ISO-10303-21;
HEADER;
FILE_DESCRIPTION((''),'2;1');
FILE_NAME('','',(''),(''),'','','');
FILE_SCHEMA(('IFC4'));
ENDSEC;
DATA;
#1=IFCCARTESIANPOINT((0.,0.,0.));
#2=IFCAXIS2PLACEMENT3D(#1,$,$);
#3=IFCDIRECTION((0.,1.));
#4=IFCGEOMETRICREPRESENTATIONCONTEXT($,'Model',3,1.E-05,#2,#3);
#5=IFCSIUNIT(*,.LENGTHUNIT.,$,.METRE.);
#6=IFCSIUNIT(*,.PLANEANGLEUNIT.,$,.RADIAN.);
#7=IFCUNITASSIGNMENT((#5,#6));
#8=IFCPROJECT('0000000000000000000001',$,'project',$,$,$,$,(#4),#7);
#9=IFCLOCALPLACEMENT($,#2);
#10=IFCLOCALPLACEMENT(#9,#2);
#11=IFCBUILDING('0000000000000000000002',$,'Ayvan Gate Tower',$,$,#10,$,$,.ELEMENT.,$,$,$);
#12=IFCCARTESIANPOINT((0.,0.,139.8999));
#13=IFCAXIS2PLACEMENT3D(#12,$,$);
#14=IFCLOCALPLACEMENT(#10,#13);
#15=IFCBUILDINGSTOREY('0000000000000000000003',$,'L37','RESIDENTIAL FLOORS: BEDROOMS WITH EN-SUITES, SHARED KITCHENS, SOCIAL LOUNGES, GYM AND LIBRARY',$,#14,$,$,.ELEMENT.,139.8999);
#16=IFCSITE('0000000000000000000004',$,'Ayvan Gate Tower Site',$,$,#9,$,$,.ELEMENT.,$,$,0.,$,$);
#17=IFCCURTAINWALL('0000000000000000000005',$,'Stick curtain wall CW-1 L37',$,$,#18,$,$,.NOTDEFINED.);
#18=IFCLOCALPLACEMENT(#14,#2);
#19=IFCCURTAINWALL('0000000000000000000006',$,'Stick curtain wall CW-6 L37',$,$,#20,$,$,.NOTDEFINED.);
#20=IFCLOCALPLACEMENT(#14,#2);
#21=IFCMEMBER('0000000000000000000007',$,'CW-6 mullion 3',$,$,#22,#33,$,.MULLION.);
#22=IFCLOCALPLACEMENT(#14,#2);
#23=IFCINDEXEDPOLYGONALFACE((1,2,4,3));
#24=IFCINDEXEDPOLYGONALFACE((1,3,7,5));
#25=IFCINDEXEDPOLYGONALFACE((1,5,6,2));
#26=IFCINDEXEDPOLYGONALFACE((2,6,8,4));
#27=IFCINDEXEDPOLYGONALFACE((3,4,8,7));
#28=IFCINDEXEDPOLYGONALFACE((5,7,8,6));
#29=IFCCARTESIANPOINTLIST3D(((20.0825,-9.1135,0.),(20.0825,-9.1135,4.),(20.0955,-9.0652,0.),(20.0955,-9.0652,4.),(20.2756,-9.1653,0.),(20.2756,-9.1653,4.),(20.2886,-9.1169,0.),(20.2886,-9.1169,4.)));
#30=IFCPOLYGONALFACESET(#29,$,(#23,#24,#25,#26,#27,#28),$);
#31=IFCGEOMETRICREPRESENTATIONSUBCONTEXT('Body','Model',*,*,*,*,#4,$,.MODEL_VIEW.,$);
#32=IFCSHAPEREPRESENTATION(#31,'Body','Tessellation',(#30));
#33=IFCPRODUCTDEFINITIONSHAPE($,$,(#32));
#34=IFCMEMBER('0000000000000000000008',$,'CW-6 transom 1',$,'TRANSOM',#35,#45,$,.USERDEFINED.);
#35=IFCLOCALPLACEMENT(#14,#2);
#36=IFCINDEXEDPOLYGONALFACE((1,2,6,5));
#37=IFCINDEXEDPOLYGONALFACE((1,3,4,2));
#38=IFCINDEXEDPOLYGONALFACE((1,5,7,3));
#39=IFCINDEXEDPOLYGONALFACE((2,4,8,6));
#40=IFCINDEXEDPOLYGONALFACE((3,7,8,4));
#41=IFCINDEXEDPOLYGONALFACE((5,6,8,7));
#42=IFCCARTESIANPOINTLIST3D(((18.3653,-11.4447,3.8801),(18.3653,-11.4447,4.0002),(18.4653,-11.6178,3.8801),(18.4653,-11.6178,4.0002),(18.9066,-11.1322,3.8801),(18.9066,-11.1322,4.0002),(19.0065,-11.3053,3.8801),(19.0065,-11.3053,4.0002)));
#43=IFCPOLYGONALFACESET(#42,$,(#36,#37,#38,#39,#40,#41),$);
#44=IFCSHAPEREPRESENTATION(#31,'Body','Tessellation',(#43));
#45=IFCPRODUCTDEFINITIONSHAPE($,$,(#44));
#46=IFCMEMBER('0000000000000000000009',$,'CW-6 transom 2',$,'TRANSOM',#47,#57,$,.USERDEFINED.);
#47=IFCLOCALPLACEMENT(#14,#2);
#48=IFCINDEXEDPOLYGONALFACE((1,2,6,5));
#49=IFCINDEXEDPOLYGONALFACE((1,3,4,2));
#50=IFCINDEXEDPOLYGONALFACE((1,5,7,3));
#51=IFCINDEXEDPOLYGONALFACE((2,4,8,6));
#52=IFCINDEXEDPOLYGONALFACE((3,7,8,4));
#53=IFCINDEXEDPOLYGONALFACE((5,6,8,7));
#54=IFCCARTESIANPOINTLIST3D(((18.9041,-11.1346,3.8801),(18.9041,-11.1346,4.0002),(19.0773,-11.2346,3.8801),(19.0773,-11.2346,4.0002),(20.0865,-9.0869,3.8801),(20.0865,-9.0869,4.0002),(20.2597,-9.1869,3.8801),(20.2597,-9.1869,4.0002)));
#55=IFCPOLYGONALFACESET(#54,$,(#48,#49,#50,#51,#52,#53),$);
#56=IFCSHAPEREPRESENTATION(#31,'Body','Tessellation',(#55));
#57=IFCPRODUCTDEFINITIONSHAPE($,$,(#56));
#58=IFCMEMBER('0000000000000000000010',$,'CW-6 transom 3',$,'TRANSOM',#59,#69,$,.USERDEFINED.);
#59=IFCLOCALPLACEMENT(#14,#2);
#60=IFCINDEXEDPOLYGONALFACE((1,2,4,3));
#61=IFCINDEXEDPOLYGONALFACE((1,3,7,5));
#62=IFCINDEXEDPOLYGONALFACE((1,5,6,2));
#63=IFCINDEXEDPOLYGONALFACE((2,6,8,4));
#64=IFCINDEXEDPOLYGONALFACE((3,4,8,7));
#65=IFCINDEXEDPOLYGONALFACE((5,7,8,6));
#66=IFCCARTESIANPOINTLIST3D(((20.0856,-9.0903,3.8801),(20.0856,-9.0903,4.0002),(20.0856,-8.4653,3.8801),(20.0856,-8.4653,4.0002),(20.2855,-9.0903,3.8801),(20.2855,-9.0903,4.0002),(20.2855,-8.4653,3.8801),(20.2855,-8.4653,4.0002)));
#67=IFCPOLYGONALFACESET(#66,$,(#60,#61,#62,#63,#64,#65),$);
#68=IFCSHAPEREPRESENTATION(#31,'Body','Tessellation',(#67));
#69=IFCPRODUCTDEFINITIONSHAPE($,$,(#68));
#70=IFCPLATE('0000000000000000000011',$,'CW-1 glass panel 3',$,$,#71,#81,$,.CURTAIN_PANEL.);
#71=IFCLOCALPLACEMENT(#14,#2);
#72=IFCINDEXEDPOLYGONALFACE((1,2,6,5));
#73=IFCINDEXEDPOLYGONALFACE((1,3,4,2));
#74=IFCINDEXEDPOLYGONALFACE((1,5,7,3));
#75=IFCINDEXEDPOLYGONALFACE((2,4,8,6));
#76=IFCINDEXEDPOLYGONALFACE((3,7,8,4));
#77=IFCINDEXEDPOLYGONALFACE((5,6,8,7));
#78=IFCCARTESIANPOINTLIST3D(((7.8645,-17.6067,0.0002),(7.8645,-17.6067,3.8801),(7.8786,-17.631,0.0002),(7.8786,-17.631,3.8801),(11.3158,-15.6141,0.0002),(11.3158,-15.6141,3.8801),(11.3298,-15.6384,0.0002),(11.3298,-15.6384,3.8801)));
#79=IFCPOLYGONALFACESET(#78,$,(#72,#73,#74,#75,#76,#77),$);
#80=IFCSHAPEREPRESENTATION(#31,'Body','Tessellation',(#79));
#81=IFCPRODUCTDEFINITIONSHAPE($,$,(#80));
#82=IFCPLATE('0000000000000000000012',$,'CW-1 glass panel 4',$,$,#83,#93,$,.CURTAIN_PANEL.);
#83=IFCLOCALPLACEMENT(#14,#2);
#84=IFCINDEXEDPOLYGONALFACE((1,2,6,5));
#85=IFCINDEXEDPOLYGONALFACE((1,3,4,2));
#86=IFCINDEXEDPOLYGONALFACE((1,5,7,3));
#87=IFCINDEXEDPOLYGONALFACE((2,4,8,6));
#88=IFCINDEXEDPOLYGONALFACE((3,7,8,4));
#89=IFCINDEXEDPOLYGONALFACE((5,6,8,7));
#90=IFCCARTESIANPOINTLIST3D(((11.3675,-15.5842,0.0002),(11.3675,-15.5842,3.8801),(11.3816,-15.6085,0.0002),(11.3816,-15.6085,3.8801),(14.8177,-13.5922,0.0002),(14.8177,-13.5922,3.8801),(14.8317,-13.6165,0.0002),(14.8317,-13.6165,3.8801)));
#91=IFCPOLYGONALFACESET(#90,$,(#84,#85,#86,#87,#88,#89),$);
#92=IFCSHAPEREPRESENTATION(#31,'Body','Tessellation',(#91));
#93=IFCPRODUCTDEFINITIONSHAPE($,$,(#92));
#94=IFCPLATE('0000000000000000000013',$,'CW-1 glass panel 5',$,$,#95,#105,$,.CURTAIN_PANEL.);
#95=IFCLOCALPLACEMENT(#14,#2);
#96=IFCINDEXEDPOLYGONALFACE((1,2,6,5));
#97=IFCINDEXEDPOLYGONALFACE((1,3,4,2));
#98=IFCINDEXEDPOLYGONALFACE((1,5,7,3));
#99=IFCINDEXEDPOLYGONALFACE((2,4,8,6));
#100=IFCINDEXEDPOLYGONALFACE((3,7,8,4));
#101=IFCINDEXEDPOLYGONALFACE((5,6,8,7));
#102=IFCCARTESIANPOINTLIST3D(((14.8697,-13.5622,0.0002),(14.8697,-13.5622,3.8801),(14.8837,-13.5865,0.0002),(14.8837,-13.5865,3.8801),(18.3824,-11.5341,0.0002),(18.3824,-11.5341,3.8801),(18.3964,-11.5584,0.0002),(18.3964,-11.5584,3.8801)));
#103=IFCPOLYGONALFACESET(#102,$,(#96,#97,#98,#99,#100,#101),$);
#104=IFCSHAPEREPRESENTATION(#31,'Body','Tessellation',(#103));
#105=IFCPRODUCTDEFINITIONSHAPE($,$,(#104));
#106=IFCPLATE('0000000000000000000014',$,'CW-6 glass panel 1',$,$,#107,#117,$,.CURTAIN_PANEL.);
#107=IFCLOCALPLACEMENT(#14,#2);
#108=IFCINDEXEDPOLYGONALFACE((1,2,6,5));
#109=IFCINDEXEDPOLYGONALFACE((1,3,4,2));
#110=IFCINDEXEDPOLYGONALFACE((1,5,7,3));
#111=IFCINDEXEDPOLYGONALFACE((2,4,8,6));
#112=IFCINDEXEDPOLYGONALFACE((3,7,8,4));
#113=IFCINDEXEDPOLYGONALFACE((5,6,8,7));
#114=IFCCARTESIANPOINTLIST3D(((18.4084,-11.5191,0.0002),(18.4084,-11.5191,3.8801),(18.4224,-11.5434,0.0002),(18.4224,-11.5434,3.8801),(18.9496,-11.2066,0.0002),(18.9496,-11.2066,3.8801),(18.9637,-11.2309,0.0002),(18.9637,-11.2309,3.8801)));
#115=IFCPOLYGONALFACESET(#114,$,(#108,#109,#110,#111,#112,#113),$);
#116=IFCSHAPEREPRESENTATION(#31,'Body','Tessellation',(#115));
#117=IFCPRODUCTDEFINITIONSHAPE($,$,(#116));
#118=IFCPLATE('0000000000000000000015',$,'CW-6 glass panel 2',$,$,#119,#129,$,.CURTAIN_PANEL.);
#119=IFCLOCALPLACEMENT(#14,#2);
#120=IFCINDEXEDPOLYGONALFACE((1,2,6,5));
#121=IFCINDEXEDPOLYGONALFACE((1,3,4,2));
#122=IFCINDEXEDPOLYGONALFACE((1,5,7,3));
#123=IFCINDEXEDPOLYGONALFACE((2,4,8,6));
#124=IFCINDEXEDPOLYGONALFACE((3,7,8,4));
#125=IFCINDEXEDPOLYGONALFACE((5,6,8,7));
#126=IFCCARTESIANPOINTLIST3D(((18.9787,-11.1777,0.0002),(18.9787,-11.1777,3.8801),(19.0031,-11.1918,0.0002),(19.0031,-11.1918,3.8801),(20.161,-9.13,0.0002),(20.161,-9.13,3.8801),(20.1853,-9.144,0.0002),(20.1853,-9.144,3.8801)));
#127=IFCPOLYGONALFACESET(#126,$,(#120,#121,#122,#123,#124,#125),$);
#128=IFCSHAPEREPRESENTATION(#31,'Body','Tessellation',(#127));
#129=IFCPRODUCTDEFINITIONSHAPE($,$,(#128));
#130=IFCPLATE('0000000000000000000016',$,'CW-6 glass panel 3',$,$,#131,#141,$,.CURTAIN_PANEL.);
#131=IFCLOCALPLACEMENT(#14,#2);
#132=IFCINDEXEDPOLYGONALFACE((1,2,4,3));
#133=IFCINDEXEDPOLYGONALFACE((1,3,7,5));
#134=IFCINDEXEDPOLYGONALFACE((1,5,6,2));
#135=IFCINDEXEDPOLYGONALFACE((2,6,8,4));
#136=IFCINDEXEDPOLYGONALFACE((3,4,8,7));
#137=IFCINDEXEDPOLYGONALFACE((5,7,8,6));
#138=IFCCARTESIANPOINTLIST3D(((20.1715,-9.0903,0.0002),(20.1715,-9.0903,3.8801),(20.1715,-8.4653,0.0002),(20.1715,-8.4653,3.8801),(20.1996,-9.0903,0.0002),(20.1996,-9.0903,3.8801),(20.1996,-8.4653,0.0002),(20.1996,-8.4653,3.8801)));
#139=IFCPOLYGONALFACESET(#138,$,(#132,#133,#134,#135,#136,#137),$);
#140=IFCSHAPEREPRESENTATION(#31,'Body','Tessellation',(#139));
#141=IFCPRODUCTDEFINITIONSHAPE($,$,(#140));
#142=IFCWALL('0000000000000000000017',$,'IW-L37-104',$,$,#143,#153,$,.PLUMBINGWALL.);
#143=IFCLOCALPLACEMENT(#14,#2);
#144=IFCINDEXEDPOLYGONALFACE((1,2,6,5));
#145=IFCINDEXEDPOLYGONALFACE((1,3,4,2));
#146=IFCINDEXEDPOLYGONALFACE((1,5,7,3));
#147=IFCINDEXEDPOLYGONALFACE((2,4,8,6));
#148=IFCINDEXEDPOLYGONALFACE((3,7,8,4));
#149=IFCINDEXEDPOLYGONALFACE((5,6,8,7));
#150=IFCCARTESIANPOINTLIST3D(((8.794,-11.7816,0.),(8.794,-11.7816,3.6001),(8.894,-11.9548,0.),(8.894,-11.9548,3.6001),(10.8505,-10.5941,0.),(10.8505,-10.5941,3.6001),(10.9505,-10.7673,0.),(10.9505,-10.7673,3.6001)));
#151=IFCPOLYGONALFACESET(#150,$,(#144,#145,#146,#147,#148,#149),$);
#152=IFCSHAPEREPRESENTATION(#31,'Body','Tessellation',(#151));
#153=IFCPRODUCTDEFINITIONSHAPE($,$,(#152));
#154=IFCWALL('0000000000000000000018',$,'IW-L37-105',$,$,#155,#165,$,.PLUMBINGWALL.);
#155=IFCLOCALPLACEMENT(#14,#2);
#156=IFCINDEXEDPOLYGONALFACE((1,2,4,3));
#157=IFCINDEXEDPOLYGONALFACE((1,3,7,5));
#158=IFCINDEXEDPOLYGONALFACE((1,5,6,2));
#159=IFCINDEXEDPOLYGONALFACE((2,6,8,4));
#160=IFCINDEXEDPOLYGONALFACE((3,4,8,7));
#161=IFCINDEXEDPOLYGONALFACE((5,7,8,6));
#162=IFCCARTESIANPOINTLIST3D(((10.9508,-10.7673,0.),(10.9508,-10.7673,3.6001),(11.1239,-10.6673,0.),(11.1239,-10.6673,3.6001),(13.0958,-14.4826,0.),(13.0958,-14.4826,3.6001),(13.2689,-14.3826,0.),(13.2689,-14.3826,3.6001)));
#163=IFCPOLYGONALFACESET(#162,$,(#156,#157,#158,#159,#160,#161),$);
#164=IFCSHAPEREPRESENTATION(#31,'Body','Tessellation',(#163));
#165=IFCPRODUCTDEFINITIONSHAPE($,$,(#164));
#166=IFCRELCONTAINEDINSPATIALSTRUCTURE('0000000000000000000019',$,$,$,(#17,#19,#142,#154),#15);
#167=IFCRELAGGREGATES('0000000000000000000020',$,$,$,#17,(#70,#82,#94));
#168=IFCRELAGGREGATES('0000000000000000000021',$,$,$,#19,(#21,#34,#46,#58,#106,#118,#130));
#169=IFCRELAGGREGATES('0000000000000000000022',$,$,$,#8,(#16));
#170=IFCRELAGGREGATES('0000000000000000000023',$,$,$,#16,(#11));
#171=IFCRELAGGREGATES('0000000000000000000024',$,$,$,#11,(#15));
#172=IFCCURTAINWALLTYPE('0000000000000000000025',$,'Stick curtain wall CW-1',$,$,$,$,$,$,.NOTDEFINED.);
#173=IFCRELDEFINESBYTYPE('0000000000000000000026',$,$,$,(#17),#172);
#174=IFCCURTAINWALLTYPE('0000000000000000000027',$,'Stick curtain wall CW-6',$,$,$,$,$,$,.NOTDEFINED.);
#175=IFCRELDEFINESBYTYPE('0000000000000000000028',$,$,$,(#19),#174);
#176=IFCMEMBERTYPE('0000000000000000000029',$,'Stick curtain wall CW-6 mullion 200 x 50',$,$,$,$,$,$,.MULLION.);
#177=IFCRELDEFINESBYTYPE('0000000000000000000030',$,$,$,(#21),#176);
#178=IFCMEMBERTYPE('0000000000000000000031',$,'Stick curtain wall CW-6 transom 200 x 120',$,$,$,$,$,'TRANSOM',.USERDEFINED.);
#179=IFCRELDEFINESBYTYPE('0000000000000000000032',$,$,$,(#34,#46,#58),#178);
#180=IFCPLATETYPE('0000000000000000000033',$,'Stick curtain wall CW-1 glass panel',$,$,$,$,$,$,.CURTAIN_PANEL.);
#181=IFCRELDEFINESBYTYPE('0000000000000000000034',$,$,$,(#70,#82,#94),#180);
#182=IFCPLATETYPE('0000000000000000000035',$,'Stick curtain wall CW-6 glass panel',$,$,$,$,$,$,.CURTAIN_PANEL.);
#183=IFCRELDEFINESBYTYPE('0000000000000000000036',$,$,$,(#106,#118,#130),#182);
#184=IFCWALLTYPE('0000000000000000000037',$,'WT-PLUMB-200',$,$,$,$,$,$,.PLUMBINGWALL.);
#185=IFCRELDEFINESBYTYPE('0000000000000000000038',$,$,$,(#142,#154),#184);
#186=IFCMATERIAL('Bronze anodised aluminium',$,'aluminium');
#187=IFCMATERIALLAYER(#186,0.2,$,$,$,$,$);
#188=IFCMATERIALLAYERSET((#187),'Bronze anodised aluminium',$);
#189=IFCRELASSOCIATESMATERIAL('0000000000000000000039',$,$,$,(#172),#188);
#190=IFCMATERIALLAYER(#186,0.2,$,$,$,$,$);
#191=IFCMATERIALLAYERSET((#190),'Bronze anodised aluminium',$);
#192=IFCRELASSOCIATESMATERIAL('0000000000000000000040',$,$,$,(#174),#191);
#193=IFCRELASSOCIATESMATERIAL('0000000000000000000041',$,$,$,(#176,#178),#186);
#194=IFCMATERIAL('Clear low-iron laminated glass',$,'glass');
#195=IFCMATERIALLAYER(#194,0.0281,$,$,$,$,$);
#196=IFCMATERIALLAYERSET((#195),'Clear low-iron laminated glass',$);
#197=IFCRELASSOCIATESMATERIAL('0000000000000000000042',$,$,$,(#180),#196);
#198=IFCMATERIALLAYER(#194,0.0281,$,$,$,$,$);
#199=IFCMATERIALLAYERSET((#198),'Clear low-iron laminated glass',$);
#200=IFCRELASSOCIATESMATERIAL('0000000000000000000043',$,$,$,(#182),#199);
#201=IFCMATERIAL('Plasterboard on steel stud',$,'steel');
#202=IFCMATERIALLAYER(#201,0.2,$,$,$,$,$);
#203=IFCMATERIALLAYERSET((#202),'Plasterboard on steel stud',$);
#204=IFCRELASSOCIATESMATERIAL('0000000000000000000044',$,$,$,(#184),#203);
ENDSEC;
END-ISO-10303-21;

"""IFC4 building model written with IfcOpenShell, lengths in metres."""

from ifc_helpers import new_model, si_unit, direction, frame, frame_2d, origin, origin_2d, place, context, subcontext, project, spatial, rectangle, extrude, material, layer, layer_set, material_profile, profile_set, type_object, element, aggregate, save


model = new_model("IFC4")

# Units and contexts
model_context = context("Model", 3, precision=1e-05, world=origin(), true_north=direction((0.0, 1.0)))
body_context = subcontext(model_context, "Body", "Model", "MODEL_VIEW")
ifc_project = project(units=[si_unit("LENGTHUNIT", "METRE"), si_unit("PLANEANGLEUNIT", "RADIAN")], contexts=[model_context])

# Site, building, storey
site_placement = place(None, origin())
site = spatial("IfcSite", under=ifc_project, at=site_placement, Name="Ayvan Gate Tower Site", CompositionType="ELEMENT", RefElevation=0.0)
building_placement = place(site_placement, origin())
building = spatial("IfcBuilding", under=site, at=building_placement, Name="Ayvan Gate Tower", CompositionType="ELEMENT")
storey_placement = place(building_placement, frame((0.0, 0.0, 139.8999)))
storey = spatial("IfcBuildingStorey", under=building, at=storey_placement, Name="L37", Description="RESIDENTIAL FLOORS: BEDROOMS WITH EN-SUITES, SHARED KITCHENS, SOCIAL LOUNGES, GYM AND LIBRARY", CompositionType="ELEMENT", Elevation=139.8999)

# Curtain walls, members
ifc_material_1 = material(Name="Bronze anodised aluminium", Category="aluminium")
ifc_layer_1 = layer(ifc_material_1, 0.2)
ifc_layer_set_1 = layer_set([ifc_layer_1], Name="Bronze anodised aluminium")
curtain_wall_type_1 = type_object("IfcCurtainWallType", Name="Stick curtain wall CW-1", PredefinedType="NOTDEFINED", material=ifc_layer_set_1)
curtain_wall_1_placement = place(storey_placement, origin())
curtain_wall_1 = element("IfcCurtainWall", 1, at=curtain_wall_1_placement, inside=storey, type_object=curtain_wall_type_1, Name="Stick curtain wall CW-1 L37", PredefinedType="NOTDEFINED")
ifc_layer_2 = layer(ifc_material_1, 0.2)
ifc_layer_set_2 = layer_set([ifc_layer_2], Name="Bronze anodised aluminium")
curtain_wall_type_2 = type_object("IfcCurtainWallType", Name="Stick curtain wall CW-6", PredefinedType="NOTDEFINED", material=ifc_layer_set_2)
curtain_wall_2_placement = place(storey_placement, origin())
curtain_wall_2 = element("IfcCurtainWall", 2, at=curtain_wall_2_placement, inside=storey, type_object=curtain_wall_type_2, Name="Stick curtain wall CW-6 L37", PredefinedType="NOTDEFINED")
ifc_material_profile_1 = material_profile(ifc_material_1, rectangle(XDim=0.2, YDim=0.05, at=origin_2d()), Name="Stick curtain wall CW-6 mullion 200 x 50")
ifc_profile_set_1 = profile_set([ifc_material_profile_1], Name="Bronze anodised aluminium")
member_type_1 = type_object("IfcMemberType", Name="Stick curtain wall CW-6 mullion 200 x 50", PredefinedType="MULLION", material=ifc_profile_set_1)
member_1_placement = place(storey_placement, frame((20.1855, -9.1152, 0.0), z_axis=(0.0, 0.0, 1.0), x_axis=(0.965926, -0.258819, 0.0)))
member_1 = element("IfcMember", 3, at=member_1_placement, type_object=member_type_1, Name="CW-6 mullion 3", PredefinedType="MULLION", context=body_context, shape_type="SweptSolid", body=[
    extrude(rectangle(XDim=0.2, YDim=0.05, at=origin_2d()), origin(), (0.0, 0.0, 1.0), 4.0),
])
ifc_material_profile_2 = material_profile(ifc_material_1, rectangle(XDim=0.2, YDim=0.1201, at=origin_2d()), Name="Stick curtain wall CW-6 transom 200 x 120")
ifc_profile_set_2 = profile_set([ifc_material_profile_2], Name="Bronze anodised aluminium")
member_type_2 = type_object("IfcMemberType", Name="Stick curtain wall CW-6 transom 200 x 120", ElementType="TRANSOM", PredefinedType="USERDEFINED", material=ifc_profile_set_2)
member_2_placement = place(storey_placement, frame((18.4153, -11.5312, 3.9402), z_axis=(0.866023, 0.500004, 0.0), x_axis=(-0.500004, 0.866023, 0.0)))
member_2 = element("IfcMember", 4, at=member_2_placement, type_object=member_type_2, Name="CW-6 transom 1", ObjectType="TRANSOM", PredefinedType="USERDEFINED", context=body_context, shape_type="SweptSolid", body=[
    extrude(rectangle(XDim=0.2, YDim=0.1201, at=origin_2d()), origin(), (0.0, 0.0, 1.0), 0.625),
])
member_3_placement = place(storey_placement, frame((18.9907, -11.1846, 3.9402), z_axis=(0.500059, 0.865991, 0.0), x_axis=(-0.865991, 0.500059, 0.0)))
member_3 = element("IfcMember", 5, at=member_3_placement, type_object=member_type_2, Name="CW-6 transom 2", ObjectType="TRANSOM", PredefinedType="USERDEFINED", context=body_context, shape_type="SweptSolid", body=[
    extrude(rectangle(XDim=0.2, YDim=0.1201, at=origin_2d()), origin(), (0.0, 0.0, 1.0), 2.3645),
])
member_4_placement = place(storey_placement, frame((20.1855, -9.0903, 3.9402), z_axis=(0.0, 1.0, 0.0), x_axis=(-1.0, 0.0, 0.0)))
member_4 = element("IfcMember", 6, at=member_4_placement, type_object=member_type_2, Name="CW-6 transom 3", ObjectType="TRANSOM", PredefinedType="USERDEFINED", context=body_context, shape_type="SweptSolid", body=[
    extrude(rectangle(XDim=0.2, YDim=0.1201, at=origin_2d()), origin(), (0.0, 0.0, 1.0), 0.625),
])

# Plates
ifc_material_2 = material(Name="Clear low-iron laminated glass", Category="glass")
ifc_layer_3 = layer(ifc_material_2, 0.0281)
ifc_layer_set_3 = layer_set([ifc_layer_3], Name="Clear low-iron laminated glass")
plate_type_1 = type_object("IfcPlateType", Name="Stick curtain wall CW-1 glass panel", PredefinedType="CURTAIN_PANEL", material=ifc_layer_set_3)
plate_1_placement = place(storey_placement, frame((9.5972, -16.6226, 0.0002), z_axis=(0.0, 0.0, 1.0), x_axis=(0.866025, 0.5, 0.0)))
plate_1 = element("IfcPlate", 7, at=plate_1_placement, type_object=plate_type_1, Name="CW-1 glass panel 3", PredefinedType="CURTAIN_PANEL", context=body_context, shape_type="SweptSolid", body=[
    extrude(rectangle(XDim=3.9851, YDim=0.0281, at=origin_2d()), origin(), (0.0, 0.0, 1.0), 3.8799),
])
plate_2_placement = place(storey_placement, frame((13.0996, -14.6003, 0.0002), z_axis=(0.0, 0.0, 1.0), x_axis=(0.866025, 0.5, 0.0)))
plate_2 = element("IfcPlate", 8, at=plate_2_placement, type_object=plate_type_1, Name="CW-1 glass panel 4", PredefinedType="CURTAIN_PANEL", context=body_context, shape_type="SweptSolid", body=[
    extrude(rectangle(XDim=3.9839, YDim=0.0281, at=origin_2d()), origin(), (0.0, 0.0, 1.0), 3.8799),
])
plate_3_placement = place(storey_placement, frame((16.6331, -12.5603, 0.0002), z_axis=(0.0, 0.0, 1.0), x_axis=(0.866025, 0.5, 0.0)))
plate_3 = element("IfcPlate", 9, at=plate_3_placement, type_object=plate_type_1, Name="CW-1 glass panel 5", PredefinedType="CURTAIN_PANEL", context=body_context, shape_type="SweptSolid", body=[
    extrude(rectangle(XDim=4.0562, YDim=0.0281, at=origin_2d()), origin(), (0.0, 0.0, 1.0), 3.8799),
])
aggregate(curtain_wall_1, [plate_1, plate_2, plate_3])
ifc_layer_4 = layer(ifc_material_2, 0.0281)
ifc_layer_set_4 = layer_set([ifc_layer_4], Name="Clear low-iron laminated glass")
plate_type_2 = type_object("IfcPlateType", Name="Stick curtain wall CW-6 glass panel", PredefinedType="CURTAIN_PANEL", material=ifc_layer_set_4)
plate_4_placement = place(storey_placement, frame((18.686, -11.375, 0.0002), z_axis=(0.0, 0.0, 1.0), x_axis=(0.866025, 0.5, 0.0)))
plate_4 = element("IfcPlate", 10, at=plate_4_placement, type_object=plate_type_2, Name="CW-6 glass panel 1", PredefinedType="CURTAIN_PANEL", context=body_context, shape_type="SweptSolid", body=[
    extrude(rectangle(XDim=0.625, YDim=0.0281, at=origin_2d()), origin(), (0.0, 0.0, 1.0), 3.8799),
])
plate_5_placement = place(storey_placement, frame((19.582, -10.1609, 0.0002), z_axis=(0.0, 0.0, 1.0), x_axis=(0.5, 0.866025, 0.0)))
plate_5 = element("IfcPlate", 11, at=plate_5_placement, type_object=plate_type_2, Name="CW-6 glass panel 2", PredefinedType="CURTAIN_PANEL", context=body_context, shape_type="SweptSolid", body=[
    extrude(rectangle(XDim=2.3645, YDim=0.0281, at=origin_2d()), origin(), (0.0, 0.0, 1.0), 3.8799),
])
plate_6_placement = place(storey_placement, frame((20.1855, -8.7778, 0.0002), z_axis=(0.0, 0.0, 1.0), x_axis=(0.0, 1.0, 0.0)))
plate_6 = element("IfcPlate", 12, at=plate_6_placement, type_object=plate_type_2, Name="CW-6 glass panel 3", PredefinedType="CURTAIN_PANEL", context=body_context, shape_type="SweptSolid", body=[
    extrude(rectangle(XDim=0.625, YDim=0.0281, at=origin_2d()), origin(), (0.0, 0.0, 1.0), 3.8799),
])
aggregate(curtain_wall_2, [member_1, member_2, member_3, member_4, plate_4, plate_5, plate_6])

# Walls
ifc_material_3 = material(Name="Plasterboard on steel stud", Category="steel")
ifc_layer_5 = layer(ifc_material_3, 0.2)
ifc_layer_set_5 = layer_set([ifc_layer_5], Name="Plasterboard on steel stud")
wall_type = type_object("IfcWallType", Name="WT-PLUMB-200", PredefinedType="PLUMBINGWALL", material=ifc_layer_set_5)
wall_1_placement = place(storey_placement, frame((10.9006, -10.6807, 0.0), z_axis=(0.0, 0.0, 1.0), x_axis=(-0.866008, -0.500031, 0.0)))
element("IfcWall", 13, at=wall_1_placement, inside=storey, type_object=wall_type, Name="IW-L37-104", PredefinedType="PLUMBINGWALL", context=body_context, shape_type="SweptSolid", body=[
    extrude(rectangle(XDim=2.3748, YDim=0.2, at=frame_2d((1.1875, 0.0))), origin(), (0.0, 0.0, 1.0), 3.6001),
])
wall_2_placement = place(storey_placement, frame((11.0374, -10.7173, 0.0), z_axis=(0.0, 0.0, 1.0), x_axis=(0.499995, -0.866028, 0.0)))
element("IfcWall", 14, at=wall_2_placement, inside=storey, type_object=wall_type, Name="IW-L37-105", PredefinedType="PLUMBINGWALL", context=body_context, shape_type="SweptSolid", body=[
    extrude(rectangle(XDim=4.29, YDim=0.2, at=frame_2d((2.145, 0.0))), origin(), (0.0, 0.0, 1.0), 3.6001),
])

save(model, "model.ifc")
